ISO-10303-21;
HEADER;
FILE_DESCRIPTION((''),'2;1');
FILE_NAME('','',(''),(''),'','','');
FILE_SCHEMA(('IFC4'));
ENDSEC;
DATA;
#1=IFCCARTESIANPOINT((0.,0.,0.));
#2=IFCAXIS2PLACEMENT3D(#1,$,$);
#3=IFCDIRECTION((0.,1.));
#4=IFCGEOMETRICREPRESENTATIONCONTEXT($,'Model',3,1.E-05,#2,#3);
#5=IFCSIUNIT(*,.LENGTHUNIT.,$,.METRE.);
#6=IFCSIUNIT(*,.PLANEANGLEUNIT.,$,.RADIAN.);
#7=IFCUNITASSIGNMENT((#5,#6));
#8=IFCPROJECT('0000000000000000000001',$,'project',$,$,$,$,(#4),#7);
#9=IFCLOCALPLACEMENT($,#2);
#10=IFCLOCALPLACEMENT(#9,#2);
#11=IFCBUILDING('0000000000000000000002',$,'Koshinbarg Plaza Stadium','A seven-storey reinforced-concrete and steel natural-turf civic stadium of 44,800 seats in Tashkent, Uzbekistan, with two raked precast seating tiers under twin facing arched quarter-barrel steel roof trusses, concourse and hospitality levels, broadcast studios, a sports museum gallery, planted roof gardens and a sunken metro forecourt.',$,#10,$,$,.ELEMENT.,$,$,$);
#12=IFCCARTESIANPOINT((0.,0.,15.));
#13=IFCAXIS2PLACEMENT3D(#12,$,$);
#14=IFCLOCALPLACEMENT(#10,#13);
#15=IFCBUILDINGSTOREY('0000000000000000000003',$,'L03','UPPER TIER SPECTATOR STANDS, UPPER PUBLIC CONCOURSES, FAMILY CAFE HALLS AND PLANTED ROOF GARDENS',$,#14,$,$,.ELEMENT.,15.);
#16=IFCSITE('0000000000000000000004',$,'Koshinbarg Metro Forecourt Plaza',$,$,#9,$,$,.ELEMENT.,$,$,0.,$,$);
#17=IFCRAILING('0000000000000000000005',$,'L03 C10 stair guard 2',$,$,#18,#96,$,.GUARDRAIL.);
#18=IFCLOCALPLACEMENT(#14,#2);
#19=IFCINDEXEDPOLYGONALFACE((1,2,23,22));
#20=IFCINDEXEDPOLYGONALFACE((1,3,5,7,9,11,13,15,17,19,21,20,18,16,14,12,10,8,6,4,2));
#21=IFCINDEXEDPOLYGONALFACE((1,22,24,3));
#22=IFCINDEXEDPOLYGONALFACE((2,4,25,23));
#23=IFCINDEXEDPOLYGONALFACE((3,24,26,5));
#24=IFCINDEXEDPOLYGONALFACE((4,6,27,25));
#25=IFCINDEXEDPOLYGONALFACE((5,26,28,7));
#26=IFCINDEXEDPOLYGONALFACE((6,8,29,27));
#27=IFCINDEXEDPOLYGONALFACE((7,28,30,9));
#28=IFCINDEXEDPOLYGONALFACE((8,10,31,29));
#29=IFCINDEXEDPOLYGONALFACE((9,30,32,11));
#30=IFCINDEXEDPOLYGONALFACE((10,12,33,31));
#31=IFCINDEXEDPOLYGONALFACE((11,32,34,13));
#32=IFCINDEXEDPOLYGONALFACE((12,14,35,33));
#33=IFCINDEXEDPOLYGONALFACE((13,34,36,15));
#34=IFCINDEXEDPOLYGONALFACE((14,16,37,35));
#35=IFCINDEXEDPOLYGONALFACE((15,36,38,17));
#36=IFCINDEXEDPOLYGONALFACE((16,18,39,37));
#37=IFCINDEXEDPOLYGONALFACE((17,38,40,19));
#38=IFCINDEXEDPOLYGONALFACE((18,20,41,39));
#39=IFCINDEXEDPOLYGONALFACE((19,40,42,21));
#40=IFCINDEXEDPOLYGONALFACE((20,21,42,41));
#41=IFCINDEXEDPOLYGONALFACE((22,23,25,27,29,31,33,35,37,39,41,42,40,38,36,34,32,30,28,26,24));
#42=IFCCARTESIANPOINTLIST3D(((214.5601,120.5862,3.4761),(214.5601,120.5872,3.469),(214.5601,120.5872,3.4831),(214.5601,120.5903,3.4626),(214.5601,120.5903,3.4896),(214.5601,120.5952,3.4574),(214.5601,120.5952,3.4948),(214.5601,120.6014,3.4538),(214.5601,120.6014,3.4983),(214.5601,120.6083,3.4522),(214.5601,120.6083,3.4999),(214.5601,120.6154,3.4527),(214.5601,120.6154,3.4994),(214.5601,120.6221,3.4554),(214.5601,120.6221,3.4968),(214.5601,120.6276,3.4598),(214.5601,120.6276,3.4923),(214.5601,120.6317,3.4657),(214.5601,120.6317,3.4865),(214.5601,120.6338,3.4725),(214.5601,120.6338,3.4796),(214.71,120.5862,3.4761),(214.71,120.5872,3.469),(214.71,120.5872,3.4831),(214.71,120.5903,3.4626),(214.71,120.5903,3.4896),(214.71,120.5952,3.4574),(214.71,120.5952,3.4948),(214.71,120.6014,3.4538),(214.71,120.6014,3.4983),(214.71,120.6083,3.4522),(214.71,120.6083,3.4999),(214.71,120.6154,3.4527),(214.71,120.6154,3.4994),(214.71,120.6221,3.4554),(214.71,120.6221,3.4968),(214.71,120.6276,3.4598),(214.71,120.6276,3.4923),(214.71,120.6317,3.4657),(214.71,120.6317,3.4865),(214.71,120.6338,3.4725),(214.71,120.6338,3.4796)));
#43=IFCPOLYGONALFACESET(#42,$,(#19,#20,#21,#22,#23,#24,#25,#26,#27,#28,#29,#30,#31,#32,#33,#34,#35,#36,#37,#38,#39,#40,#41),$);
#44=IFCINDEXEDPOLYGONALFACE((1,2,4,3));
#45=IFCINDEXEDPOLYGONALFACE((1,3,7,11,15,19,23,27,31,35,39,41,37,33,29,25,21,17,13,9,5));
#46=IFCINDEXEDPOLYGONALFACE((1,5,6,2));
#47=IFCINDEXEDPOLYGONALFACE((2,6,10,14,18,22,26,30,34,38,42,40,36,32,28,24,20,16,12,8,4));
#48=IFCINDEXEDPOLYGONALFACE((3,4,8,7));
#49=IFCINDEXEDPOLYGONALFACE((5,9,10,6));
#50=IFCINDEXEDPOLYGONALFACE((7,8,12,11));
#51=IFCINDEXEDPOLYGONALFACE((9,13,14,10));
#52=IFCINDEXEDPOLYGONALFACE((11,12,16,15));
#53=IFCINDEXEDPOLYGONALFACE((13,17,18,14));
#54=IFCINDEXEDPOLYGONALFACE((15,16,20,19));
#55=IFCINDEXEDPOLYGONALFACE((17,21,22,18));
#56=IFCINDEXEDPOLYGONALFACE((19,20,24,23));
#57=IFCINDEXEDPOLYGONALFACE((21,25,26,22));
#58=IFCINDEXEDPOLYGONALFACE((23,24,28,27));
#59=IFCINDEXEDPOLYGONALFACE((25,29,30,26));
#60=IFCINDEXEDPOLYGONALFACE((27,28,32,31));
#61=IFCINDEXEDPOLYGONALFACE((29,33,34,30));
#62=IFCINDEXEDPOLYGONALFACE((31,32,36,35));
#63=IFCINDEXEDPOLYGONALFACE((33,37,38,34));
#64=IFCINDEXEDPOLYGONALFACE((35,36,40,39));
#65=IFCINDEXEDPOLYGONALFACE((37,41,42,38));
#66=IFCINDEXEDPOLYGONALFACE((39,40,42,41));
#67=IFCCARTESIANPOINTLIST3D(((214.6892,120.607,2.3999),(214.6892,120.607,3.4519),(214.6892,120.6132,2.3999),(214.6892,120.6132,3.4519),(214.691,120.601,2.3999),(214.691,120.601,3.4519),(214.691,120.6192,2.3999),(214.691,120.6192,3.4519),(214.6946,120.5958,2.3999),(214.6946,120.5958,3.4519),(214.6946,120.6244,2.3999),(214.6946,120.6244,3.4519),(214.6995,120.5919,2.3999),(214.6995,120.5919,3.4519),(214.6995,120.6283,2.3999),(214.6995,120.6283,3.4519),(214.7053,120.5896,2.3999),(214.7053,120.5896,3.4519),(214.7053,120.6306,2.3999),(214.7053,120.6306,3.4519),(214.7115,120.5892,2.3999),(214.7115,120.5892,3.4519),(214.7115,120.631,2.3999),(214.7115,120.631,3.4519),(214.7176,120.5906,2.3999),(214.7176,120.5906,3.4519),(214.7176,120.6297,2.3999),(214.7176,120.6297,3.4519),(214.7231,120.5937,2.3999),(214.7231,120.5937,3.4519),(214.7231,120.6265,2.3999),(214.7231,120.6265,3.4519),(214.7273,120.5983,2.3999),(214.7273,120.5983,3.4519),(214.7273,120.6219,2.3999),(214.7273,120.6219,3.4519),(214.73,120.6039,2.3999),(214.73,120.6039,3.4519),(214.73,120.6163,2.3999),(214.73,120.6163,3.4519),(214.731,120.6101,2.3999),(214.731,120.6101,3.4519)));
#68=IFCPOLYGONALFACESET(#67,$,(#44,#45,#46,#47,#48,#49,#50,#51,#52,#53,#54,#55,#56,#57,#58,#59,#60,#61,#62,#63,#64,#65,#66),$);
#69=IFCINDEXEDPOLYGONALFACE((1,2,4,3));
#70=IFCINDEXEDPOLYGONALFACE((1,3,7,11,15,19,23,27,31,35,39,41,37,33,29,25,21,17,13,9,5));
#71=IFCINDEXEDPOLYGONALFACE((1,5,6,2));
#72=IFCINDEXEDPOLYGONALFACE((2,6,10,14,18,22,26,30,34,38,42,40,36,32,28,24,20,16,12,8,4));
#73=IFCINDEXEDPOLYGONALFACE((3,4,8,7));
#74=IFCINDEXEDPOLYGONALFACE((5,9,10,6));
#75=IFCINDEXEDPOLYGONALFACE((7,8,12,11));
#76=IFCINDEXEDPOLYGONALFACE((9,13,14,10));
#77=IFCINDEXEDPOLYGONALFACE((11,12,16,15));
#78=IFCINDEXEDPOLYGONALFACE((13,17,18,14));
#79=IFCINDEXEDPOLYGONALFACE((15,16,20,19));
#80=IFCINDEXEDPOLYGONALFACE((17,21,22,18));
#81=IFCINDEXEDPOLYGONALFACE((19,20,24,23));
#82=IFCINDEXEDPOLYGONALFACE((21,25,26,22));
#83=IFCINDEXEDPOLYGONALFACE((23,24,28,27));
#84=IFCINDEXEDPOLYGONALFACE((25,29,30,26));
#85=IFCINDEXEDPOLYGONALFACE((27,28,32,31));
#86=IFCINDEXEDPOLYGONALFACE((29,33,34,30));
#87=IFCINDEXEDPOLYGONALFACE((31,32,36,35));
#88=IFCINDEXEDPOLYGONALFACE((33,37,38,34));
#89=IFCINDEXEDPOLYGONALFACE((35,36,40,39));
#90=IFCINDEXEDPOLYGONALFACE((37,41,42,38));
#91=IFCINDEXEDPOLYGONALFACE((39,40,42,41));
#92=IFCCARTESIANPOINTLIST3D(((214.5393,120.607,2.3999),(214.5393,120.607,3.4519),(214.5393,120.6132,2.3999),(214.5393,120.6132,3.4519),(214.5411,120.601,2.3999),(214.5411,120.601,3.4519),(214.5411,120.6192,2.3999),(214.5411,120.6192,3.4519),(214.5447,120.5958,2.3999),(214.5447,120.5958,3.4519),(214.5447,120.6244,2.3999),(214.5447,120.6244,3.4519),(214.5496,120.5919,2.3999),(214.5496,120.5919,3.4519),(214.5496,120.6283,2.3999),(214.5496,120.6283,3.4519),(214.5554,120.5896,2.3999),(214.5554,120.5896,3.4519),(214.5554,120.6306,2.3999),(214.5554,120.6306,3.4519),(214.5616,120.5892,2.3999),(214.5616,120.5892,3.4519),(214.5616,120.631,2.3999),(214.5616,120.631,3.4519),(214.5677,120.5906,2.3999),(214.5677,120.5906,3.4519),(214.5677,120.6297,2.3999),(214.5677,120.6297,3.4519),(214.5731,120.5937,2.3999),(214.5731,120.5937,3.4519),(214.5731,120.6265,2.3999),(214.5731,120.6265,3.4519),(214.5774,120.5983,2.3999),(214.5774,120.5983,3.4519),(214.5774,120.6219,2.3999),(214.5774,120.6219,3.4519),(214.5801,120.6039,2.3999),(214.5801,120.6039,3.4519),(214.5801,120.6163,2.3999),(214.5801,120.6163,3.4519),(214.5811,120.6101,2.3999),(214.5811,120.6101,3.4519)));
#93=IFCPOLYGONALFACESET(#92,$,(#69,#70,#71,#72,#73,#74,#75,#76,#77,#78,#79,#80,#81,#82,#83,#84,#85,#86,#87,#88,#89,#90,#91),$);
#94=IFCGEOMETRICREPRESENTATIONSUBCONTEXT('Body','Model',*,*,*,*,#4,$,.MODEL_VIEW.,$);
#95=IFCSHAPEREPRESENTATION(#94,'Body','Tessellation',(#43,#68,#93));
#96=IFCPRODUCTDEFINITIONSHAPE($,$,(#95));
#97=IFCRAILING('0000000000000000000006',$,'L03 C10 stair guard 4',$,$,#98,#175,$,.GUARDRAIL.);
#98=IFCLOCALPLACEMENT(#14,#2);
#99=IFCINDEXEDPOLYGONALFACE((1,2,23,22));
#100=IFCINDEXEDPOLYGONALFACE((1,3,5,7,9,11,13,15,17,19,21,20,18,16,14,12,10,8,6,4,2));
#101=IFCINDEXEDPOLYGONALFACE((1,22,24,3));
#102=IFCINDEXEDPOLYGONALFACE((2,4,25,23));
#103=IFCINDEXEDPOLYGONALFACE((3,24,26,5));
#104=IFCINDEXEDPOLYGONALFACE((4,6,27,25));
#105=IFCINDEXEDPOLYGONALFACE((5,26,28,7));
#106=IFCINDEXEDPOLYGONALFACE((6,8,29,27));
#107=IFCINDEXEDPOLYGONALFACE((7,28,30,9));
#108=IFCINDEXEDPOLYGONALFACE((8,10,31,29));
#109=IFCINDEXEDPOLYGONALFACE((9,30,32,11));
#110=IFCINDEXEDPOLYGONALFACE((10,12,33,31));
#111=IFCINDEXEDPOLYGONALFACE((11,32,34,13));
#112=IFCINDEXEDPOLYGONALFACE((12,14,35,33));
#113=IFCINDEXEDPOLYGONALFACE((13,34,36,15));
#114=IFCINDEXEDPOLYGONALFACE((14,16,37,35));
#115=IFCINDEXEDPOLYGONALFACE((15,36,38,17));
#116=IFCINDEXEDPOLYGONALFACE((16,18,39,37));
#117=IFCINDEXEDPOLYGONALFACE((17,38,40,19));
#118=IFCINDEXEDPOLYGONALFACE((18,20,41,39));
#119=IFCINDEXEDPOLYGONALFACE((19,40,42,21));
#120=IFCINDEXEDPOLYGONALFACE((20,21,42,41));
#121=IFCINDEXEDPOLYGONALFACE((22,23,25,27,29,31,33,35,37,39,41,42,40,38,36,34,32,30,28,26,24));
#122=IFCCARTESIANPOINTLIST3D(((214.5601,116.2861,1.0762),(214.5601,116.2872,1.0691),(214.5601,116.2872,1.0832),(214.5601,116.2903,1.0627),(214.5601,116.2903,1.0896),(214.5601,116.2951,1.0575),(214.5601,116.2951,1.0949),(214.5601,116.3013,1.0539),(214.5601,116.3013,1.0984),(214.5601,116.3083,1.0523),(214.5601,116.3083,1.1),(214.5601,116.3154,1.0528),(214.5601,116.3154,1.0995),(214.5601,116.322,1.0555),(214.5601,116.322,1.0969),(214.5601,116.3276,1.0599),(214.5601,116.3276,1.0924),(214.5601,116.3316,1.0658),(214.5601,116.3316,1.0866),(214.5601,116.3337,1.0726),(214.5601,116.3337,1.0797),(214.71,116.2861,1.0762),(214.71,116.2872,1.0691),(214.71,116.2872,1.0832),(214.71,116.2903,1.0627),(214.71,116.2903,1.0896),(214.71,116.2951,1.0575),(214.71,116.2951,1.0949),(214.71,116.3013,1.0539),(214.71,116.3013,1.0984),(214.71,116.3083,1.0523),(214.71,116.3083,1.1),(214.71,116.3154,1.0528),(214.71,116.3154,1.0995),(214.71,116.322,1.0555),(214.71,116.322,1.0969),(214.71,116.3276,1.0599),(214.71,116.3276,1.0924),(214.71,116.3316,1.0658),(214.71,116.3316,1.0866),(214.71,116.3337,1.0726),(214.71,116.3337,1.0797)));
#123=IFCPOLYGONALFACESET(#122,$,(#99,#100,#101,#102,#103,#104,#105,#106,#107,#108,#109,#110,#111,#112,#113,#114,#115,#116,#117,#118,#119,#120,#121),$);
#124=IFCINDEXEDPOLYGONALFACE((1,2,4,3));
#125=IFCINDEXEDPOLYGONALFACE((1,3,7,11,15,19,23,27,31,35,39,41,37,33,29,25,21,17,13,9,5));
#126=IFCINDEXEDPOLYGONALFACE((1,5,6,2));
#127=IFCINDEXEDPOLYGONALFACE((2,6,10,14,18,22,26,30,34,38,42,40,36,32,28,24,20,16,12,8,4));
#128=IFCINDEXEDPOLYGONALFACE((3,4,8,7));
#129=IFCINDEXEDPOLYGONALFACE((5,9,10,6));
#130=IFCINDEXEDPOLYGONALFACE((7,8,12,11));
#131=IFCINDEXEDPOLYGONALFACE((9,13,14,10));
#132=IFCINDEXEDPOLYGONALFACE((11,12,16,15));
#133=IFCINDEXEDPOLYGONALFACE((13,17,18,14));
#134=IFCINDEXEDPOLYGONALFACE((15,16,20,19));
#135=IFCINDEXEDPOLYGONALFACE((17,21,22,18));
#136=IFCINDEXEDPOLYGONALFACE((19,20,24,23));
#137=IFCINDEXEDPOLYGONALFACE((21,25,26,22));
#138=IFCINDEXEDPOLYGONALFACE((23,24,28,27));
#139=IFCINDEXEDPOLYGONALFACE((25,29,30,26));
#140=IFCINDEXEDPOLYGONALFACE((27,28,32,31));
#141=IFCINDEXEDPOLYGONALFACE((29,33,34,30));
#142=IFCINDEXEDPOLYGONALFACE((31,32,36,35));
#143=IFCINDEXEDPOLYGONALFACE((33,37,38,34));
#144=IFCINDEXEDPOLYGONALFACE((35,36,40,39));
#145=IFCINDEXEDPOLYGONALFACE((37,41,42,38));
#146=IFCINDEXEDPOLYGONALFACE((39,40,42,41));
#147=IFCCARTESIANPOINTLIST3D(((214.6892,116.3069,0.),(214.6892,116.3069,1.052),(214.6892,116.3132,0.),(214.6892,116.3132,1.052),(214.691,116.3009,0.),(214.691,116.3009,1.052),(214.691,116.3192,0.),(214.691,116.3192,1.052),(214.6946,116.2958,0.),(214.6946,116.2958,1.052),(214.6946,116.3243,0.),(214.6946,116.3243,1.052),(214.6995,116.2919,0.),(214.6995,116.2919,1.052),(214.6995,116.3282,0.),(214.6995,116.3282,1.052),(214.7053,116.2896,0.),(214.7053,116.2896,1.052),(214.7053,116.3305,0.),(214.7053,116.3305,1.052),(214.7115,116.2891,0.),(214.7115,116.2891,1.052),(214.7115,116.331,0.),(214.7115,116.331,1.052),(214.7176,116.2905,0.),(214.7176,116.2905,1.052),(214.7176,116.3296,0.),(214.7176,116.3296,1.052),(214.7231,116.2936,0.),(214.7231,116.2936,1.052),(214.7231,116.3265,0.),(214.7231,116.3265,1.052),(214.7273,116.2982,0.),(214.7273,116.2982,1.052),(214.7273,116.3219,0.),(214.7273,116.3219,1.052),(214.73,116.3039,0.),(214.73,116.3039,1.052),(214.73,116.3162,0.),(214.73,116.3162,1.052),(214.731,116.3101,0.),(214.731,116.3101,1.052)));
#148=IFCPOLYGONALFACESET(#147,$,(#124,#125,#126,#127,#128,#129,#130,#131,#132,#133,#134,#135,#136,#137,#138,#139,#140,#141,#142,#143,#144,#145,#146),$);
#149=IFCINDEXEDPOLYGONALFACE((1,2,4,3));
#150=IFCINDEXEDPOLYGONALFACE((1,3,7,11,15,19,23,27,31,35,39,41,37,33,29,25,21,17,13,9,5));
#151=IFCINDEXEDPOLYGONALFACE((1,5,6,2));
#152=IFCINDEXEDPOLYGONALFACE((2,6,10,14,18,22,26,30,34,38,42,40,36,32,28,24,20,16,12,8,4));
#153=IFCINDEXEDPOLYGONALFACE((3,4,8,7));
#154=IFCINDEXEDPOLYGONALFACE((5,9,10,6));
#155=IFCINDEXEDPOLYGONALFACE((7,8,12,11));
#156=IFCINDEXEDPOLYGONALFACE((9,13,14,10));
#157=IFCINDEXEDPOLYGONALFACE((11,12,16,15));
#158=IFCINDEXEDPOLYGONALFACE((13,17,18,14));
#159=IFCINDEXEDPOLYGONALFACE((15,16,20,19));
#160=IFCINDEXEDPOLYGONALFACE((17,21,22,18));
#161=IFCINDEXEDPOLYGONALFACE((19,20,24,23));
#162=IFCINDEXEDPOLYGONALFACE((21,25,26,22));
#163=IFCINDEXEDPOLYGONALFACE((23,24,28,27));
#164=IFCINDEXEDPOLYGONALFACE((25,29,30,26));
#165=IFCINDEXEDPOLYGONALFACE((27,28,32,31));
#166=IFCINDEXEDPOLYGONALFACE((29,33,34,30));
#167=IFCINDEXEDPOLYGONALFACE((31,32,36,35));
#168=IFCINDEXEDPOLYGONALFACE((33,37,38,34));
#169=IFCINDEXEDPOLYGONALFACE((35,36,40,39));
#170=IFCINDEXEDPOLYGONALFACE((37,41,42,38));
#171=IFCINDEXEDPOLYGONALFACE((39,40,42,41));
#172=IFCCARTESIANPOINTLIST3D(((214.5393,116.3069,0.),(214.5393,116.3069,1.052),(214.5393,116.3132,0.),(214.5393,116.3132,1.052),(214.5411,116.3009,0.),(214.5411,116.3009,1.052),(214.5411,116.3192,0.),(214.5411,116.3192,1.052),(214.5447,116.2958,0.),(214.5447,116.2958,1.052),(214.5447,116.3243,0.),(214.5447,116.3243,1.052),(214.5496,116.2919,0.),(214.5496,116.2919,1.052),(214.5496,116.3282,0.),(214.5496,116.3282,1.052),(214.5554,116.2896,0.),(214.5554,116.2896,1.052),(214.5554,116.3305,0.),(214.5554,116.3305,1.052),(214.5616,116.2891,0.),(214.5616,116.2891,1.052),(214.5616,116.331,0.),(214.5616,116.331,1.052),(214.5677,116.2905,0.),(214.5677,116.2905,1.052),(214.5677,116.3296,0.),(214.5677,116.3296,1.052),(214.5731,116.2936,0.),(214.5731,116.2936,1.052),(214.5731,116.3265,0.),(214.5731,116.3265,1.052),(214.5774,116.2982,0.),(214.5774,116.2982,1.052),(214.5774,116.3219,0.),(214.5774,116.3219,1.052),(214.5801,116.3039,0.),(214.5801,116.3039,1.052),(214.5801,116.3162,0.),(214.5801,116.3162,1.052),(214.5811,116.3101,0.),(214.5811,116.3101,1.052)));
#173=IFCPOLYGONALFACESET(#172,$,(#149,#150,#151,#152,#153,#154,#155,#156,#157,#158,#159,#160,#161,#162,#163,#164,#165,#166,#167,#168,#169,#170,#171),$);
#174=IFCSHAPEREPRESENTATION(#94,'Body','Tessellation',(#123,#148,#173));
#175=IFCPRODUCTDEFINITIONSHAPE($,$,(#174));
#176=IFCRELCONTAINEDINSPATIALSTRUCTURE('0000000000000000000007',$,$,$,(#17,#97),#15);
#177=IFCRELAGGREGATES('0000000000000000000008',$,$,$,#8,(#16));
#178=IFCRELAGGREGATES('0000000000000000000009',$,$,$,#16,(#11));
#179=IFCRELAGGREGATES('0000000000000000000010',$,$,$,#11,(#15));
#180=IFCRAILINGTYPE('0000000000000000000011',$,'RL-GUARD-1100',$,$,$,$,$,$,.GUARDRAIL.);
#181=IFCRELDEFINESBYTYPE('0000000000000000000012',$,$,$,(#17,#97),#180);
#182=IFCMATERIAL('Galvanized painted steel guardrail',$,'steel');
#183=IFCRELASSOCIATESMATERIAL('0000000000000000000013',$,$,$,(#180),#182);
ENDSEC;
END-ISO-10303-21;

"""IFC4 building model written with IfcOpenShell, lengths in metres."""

from ifc_helpers import new_model, si_unit, direction, frame, origin, origin_2d, place, context, subcontext, project, spatial, circle, extrude, material, type_object, element, save


model = new_model("IFC4")

# Units and contexts
model_context = context("Model", 3, precision=1e-05, world=origin(), true_north=direction((0.0, 1.0)))
body_context = subcontext(model_context, "Body", "Model", "MODEL_VIEW")
ifc_project = project(units=[si_unit("LENGTHUNIT", "METRE"), si_unit("PLANEANGLEUNIT", "RADIAN")], contexts=[model_context])

# Site, building, storey
site_placement = place(None, origin())
site = spatial("IfcSite", under=ifc_project, at=site_placement, Name="Koshinbarg Metro Forecourt Plaza", CompositionType="ELEMENT", RefElevation=0.0)
building_placement = place(site_placement, origin())
building = spatial("IfcBuilding", under=site, at=building_placement, Name="Koshinbarg Plaza Stadium", Description="A seven-storey reinforced-concrete and steel natural-turf civic stadium of 44,800 seats in Tashkent, Uzbekistan, with two raked precast seating tiers under twin facing arched quarter-barrel steel roof trusses, concourse and hospitality levels, broadcast studios, a sports museum gallery, planted roof gardens and a sunken metro forecourt.", CompositionType="ELEMENT")
storey_placement = place(building_placement, frame((0.0, 0.0, 15.0)))
storey = spatial("IfcBuildingStorey", under=building, at=storey_placement, Name="L03", Description="UPPER TIER SPECTATOR STANDS, UPPER PUBLIC CONCOURSES, FAMILY CAFE HALLS AND PLANTED ROOF GARDENS", CompositionType="ELEMENT", Elevation=15.0)

# Railings
ifc_material_1 = material(Name="Galvanized painted steel guardrail", Category="steel")
railing_type_1 = type_object("IfcRailingType", Name="RL-GUARD-1100", PredefinedType="GUARDRAIL", material=ifc_material_1)
for number, where, name in (
    (1, (214.71, 120.6101, 2.3999), "L03 C10 stair guard 2"),
    (2, (214.71, 116.3101, 0.0), "L03 C10 stair guard 4"),
):
    element("IfcRailing", number, at=place(storey_placement, frame(where)), inside=storey, type_object=railing_type_1, Name=name, PredefinedType="GUARDRAIL", context=body_context, shape_type="SweptSolid", body=[
        extrude(circle(Radius=0.0239, at=origin_2d()), frame((0.0, 0.0, 1.0762), z_axis=(-1.0, 0.0, 0.0), x_axis=(0.0, -1.0, 0.0)), (0.0, 0.0, 1.0), 0.1499),
        extrude(circle(Radius=0.021, at=origin_2d()), origin(), (0.0, 0.0, 1.0), 1.052),
        extrude(circle(Radius=0.021, at=origin_2d()), frame((-0.1499, 0.0, 0.0)), (0.0, 0.0, 1.0), 1.052),
    ])

save(model, "model.ifc")
